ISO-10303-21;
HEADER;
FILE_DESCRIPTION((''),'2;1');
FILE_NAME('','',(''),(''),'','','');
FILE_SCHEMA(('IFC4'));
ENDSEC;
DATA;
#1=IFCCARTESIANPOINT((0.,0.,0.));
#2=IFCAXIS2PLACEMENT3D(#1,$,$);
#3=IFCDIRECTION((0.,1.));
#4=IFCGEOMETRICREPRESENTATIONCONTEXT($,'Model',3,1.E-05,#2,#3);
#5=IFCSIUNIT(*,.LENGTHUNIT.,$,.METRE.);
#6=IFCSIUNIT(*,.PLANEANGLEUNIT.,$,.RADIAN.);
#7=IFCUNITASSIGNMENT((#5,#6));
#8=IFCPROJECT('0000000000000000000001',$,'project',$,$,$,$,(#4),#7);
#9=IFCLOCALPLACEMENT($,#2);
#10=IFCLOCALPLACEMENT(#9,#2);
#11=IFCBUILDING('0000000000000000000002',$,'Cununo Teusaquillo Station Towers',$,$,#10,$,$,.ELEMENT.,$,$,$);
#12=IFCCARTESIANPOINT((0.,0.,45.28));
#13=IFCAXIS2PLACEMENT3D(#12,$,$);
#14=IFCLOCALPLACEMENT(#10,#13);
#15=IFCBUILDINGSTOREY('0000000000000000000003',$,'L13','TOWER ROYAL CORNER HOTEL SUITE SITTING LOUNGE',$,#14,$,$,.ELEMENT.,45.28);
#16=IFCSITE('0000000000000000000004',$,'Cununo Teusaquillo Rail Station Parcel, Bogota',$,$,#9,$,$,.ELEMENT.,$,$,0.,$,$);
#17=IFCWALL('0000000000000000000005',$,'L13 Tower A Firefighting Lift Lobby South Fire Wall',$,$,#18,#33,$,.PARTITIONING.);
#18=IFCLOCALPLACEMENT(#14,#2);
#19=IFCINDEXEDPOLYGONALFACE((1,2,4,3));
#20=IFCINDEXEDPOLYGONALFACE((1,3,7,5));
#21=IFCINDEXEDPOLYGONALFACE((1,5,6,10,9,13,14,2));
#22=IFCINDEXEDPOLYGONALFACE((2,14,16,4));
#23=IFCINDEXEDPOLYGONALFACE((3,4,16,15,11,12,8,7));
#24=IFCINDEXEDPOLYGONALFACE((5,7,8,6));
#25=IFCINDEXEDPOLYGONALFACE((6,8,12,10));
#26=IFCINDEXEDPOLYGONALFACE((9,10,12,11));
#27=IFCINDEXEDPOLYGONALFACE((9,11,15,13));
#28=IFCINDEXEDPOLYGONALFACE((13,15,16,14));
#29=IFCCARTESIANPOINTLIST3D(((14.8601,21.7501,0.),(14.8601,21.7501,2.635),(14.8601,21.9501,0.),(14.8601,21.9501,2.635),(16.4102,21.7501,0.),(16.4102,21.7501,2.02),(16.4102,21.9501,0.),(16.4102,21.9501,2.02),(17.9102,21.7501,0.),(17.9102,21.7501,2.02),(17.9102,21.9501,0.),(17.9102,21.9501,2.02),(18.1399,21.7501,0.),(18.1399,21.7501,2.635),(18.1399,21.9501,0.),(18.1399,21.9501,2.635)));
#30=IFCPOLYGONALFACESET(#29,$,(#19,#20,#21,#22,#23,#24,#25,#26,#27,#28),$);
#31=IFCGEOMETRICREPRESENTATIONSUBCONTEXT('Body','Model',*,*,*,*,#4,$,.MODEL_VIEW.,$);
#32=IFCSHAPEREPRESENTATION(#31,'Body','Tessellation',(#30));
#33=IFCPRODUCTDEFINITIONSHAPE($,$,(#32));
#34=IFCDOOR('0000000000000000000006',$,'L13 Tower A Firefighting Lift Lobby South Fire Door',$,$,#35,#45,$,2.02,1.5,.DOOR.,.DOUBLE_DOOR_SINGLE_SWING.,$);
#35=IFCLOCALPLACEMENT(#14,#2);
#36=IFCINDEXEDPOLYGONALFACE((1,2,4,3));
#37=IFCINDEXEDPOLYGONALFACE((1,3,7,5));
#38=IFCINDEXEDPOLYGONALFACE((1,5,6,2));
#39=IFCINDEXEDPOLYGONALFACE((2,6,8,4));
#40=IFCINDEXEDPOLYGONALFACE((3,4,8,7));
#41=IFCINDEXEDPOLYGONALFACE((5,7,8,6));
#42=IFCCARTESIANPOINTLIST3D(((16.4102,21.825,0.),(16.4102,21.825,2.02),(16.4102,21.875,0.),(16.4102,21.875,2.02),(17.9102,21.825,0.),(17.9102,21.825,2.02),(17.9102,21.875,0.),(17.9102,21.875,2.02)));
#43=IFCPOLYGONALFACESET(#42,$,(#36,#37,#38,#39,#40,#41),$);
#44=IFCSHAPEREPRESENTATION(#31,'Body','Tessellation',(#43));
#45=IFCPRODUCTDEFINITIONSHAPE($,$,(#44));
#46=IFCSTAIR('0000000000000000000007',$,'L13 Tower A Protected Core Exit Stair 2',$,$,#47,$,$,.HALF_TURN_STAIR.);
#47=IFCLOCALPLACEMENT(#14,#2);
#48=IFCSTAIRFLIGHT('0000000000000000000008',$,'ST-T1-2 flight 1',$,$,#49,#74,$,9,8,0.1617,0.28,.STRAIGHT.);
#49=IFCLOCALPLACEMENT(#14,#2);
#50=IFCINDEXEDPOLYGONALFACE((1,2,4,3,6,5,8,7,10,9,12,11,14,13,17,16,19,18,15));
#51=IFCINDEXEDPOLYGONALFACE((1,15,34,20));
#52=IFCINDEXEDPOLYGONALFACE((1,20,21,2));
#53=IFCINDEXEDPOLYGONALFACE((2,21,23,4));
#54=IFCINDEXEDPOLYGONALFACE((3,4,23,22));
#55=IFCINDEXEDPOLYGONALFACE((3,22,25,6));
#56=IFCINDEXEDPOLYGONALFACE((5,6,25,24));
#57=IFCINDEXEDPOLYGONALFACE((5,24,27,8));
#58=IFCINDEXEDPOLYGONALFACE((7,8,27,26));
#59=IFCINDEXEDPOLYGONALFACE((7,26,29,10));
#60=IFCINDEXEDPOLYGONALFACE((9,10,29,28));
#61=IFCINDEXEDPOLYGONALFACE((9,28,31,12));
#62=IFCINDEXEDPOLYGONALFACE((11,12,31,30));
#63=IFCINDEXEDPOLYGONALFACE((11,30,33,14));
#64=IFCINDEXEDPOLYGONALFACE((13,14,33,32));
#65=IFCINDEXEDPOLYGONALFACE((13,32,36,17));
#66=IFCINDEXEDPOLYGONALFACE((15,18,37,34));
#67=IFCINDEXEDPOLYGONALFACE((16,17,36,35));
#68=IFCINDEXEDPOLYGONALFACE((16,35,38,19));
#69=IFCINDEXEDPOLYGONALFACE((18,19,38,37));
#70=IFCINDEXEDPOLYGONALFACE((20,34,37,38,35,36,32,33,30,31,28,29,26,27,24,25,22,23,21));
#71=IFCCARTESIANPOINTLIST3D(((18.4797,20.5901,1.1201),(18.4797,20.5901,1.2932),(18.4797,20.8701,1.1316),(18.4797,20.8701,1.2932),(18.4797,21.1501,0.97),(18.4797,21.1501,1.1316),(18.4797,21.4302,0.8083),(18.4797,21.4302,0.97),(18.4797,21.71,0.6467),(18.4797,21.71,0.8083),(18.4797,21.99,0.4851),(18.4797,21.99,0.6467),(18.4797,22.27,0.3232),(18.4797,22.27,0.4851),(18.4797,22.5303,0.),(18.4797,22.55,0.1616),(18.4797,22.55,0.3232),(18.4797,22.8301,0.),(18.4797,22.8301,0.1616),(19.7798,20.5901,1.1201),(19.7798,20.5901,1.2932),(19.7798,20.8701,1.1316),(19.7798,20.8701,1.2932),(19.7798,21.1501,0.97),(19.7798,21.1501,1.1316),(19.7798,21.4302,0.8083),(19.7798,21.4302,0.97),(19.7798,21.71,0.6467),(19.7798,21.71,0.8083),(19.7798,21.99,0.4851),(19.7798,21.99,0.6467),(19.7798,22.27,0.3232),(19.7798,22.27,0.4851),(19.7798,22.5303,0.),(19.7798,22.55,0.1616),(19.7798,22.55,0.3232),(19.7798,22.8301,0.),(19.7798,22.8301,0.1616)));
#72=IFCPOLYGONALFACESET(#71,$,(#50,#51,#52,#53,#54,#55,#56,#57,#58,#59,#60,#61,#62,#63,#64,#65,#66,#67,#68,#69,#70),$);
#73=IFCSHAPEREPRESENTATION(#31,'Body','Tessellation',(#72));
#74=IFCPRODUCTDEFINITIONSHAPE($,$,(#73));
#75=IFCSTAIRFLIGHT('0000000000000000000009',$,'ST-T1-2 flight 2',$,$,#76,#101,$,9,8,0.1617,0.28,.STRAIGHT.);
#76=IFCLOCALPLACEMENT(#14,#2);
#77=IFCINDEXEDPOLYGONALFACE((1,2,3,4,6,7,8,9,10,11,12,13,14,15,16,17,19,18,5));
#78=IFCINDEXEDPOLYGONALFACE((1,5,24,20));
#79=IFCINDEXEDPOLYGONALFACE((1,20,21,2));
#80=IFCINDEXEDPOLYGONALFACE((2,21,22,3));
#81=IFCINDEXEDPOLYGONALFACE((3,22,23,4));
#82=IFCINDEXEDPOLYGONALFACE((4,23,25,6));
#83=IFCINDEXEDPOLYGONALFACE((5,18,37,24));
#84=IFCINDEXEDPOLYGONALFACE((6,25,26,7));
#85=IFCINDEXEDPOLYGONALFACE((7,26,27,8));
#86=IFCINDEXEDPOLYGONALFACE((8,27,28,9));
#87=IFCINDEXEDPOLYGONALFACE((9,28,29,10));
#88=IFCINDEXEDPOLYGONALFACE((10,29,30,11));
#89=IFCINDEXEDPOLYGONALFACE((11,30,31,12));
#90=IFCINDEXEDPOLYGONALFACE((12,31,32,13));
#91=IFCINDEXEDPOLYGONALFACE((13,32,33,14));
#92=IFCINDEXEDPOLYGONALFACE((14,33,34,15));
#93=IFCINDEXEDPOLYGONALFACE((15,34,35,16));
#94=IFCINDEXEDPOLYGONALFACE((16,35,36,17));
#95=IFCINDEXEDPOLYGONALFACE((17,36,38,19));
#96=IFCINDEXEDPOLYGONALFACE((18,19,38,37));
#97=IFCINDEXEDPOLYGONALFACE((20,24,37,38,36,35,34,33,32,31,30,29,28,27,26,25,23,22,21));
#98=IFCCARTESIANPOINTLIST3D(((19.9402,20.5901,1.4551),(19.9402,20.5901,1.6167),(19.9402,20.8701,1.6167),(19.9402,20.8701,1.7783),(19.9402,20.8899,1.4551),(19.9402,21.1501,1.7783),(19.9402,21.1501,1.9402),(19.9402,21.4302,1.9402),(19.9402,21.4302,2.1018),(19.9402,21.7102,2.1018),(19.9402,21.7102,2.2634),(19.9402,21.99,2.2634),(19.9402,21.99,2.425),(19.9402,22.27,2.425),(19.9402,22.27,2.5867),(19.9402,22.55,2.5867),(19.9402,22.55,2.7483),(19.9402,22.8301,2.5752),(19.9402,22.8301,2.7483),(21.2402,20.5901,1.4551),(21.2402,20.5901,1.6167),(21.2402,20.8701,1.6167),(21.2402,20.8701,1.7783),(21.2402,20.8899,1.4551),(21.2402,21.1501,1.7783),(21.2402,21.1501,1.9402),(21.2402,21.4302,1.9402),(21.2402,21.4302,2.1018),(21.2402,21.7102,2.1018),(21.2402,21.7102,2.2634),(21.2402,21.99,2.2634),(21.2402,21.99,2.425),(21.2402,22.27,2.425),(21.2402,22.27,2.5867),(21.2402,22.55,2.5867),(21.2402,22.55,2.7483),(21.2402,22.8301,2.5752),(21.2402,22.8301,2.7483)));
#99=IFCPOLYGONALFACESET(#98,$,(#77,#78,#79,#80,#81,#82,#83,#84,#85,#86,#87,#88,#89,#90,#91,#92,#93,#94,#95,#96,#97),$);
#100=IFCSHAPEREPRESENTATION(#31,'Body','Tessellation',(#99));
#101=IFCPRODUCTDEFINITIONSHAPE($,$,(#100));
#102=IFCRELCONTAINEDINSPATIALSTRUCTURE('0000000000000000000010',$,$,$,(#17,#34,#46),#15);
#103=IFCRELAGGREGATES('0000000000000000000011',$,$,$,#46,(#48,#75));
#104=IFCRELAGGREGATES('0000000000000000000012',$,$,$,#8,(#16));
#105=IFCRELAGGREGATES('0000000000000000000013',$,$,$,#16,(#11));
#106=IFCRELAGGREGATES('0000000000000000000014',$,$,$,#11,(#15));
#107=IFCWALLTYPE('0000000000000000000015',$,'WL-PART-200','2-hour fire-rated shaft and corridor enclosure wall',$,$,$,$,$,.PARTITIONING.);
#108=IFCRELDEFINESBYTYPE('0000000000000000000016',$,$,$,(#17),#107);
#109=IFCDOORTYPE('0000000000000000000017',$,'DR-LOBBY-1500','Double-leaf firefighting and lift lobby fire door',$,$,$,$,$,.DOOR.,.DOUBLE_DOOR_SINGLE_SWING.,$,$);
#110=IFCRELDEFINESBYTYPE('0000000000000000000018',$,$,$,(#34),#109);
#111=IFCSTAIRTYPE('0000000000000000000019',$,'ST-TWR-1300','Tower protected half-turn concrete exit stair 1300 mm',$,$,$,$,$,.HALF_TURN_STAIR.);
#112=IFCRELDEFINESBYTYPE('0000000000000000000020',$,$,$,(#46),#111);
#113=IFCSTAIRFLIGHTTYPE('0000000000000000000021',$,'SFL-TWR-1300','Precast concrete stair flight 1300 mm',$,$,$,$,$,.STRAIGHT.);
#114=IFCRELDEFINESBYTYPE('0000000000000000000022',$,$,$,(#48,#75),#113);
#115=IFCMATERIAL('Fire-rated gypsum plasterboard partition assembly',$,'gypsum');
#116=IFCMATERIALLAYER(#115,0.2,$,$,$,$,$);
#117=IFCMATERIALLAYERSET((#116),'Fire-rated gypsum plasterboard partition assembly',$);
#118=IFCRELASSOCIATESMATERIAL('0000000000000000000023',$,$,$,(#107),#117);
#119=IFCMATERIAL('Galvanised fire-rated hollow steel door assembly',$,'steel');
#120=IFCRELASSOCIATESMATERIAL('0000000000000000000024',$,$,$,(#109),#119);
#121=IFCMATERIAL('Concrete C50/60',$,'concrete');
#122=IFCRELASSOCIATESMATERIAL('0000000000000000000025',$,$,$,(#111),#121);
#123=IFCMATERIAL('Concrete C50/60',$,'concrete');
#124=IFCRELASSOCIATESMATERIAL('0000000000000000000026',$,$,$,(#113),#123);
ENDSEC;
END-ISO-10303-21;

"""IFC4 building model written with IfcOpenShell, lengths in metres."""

from ifc_helpers import new_model, si_unit, direction, frame, frame_2d, origin, place, context, subcontext, project, spatial, polyline, rectangle, outline, extrude, source, transform, mapped, material, layer, layer_set, type_object, element, fill, aggregate, save


model = new_model("IFC4")

# Units and contexts
model_context = context("Model", 3, precision=1e-05, world=origin(), true_north=direction((0.0, 1.0)))
body_context = subcontext(model_context, "Body", "Model", "MODEL_VIEW")
ifc_project = project(units=[si_unit("LENGTHUNIT", "METRE"), si_unit("PLANEANGLEUNIT", "RADIAN")], contexts=[model_context])

# Site, building, storey
site_placement = place(None, origin())
site = spatial("IfcSite", under=ifc_project, at=site_placement, Name="Cununo Teusaquillo Rail Station Parcel, Bogota", CompositionType="ELEMENT", RefElevation=0.0)
building_placement = place(site_placement, origin())
building = spatial("IfcBuilding", under=site, at=building_placement, Name="Cununo Teusaquillo Station Towers", CompositionType="ELEMENT")
storey_placement = place(building_placement, frame((0.0, 0.0, 45.28)))
storey = spatial("IfcBuildingStorey", under=building, at=storey_placement, Name="L13", Description="TOWER ROYAL CORNER HOTEL SUITE SITTING LOUNGE", CompositionType="ELEMENT", Elevation=45.28)

# Wall, opening, door
ifc_material_1 = material(Name="Fire-rated gypsum plasterboard partition assembly", Category="gypsum")
ifc_layer_1 = layer(ifc_material_1, 0.2)
ifc_layer_set_1 = layer_set([ifc_layer_1], Name="Fire-rated gypsum plasterboard partition assembly")
wall_type_1 = type_object("IfcWallType", Name="WL-PART-200", Description="2-hour fire-rated shaft and corridor enclosure wall", PredefinedType="PARTITIONING", material=ifc_layer_set_1)
wall_1_placement = place(storey_placement, frame((14.8601, 21.8501, 0.0), z_axis=(0.0, 0.0, 1.0), x_axis=(1.0, 0.0, 0.0)))
wall_1 = element("IfcWall", 1, at=wall_1_placement, inside=storey, type_object=wall_type_1, Name="L13 Tower A Firefighting Lift Lobby South Fire Wall", PredefinedType="PARTITIONING", context=body_context, shape_type="SweptSolid", body=[
    extrude(rectangle(XDim=3.2798, YDim=0.2, at=frame_2d((1.6399, 0.0))), origin(), (0.0, 0.0, 1.0), 2.635),
])
shared_shape_1 = source(origin(), body_context, "Body", "SweptSolid", [
    extrude(rectangle(XDim=1.5, YDim=2.02, at=frame_2d((0.75, 1.01))), frame((0.0, 0.1099, 0.0), z_axis=(0.0, -1.0, 0.0), x_axis=(1.0, 0.0, 0.0)), (0.0, 0.0, 1.0), 0.22),
])
opening_1_placement = place(wall_1_placement, frame((1.55, 0.0, 0.0)))
opening_1 = element("IfcOpeningElement", 2, at=opening_1_placement, cuts=wall_1, PredefinedType="OPENING", context=body_context, shape_type="MappedRepresentation", body=[
    mapped(shared_shape_1, transform((0.0, 0.0, 0.0), x_axis=(1.0, 0.0, 0.0), y_axis=(0.0, 1.0, 0.0), z_axis=(0.0, 0.0, 1.0), scale=1.0)),
])
ifc_material_2 = material(Name="Galvanised fire-rated hollow steel door assembly", Category="steel")
door_type_1 = type_object("IfcDoorType", Name="DR-LOBBY-1500", Description="Double-leaf firefighting and lift lobby fire door", OperationType="DOUBLE_DOOR_SINGLE_SWING", PredefinedType="DOOR", material=ifc_material_2)
shared_shape_2 = source(origin(), body_context, "Body", "SweptSolid", [
    extrude(rectangle(XDim=1.5, YDim=2.02, at=frame_2d((0.75, 1.01))), frame((0.0, 0.0249, 0.0), z_axis=(0.0, -1.0, 0.0), x_axis=(1.0, 0.0, 0.0)), (0.0, 0.0, 1.0), 0.05),
])
door_1_placement = place(opening_1_placement, origin())
door_1 = element("IfcDoor", 3, at=door_1_placement, inside=storey, type_object=door_type_1, Name="L13 Tower A Firefighting Lift Lobby South Fire Door", OperationType="DOUBLE_DOOR_SINGLE_SWING", OverallHeight=2.02, OverallWidth=1.5, PredefinedType="DOOR", context=body_context, shape_type="MappedRepresentation", body=[
    mapped(shared_shape_2, transform((0.0, 0.0, 0.0), x_axis=(1.0, 0.0, 0.0), y_axis=(0.0, 1.0, 0.0), z_axis=(0.0, 0.0, 1.0), scale=1.0)),
])
fill(opening_1, door_1)

# Stair, stair flights
ifc_material_3 = material(Name="Concrete C50/60", Category="concrete")
stair_type = type_object("IfcStairType", Name="ST-TWR-1300", Description="Tower protected half-turn concrete exit stair 1300 mm", PredefinedType="HALF_TURN_STAIR", material=ifc_material_3)
stair_placement = place(storey_placement, origin())
stair = element("IfcStair", 4, at=stair_placement, inside=storey, type_object=stair_type, Name="L13 Tower A Protected Core Exit Stair 2", PredefinedType="HALF_TURN_STAIR")
ifc_material_4 = material(Name="Concrete C50/60", Category="concrete")
stair_flight_type = type_object("IfcStairFlightType", Name="SFL-TWR-1300", Description="Precast concrete stair flight 1300 mm", PredefinedType="STRAIGHT", material=ifc_material_4)
stair_flight_1_placement = place(storey_placement, frame((19.1299, 22.8301, 0.0), z_axis=(0.0, 0.0, 1.0), x_axis=(0.0, -1.0, 0.0)))
stair_flight_1 = element("IfcStairFlight", 5, at=stair_flight_1_placement, type_object=stair_flight_type, Name="ST-T1-2 flight 1", NumberOfRisers=9, NumberOfTreads=8, PredefinedType="STRAIGHT", RiserHeight=0.1617, TreadLength=0.28, context=body_context, shape_type="SweptSolid", body=[
    extrude(outline(polyline([(0.0, 0.0), (0.0, 0.1616), (0.28, 0.1616), (0.28, 0.3232), (0.5601, 0.3232), (0.5601, 0.4851), (0.8401, 0.4851), (0.8401, 0.6467), (1.1201, 0.6467), (1.1201, 0.8083), (1.3999, 0.8083), (1.3999, 0.97), (1.6799, 0.97), (1.6799, 1.1316), (1.96, 1.1316), (1.96, 1.2932), (2.24, 1.2932), (2.24, 1.4551), (2.24, 1.1201), (0.2998, 0.0), (0.0, 0.0)])), frame((0.0, 0.6499, 0.0), z_axis=(0.0, -1.0, 0.0), x_axis=(1.0, 0.0, 0.0)), (0.0, 0.0, 1.0), 1.3),
])
stair_flight_2_placement = place(storey_placement, frame((20.5901, 20.5901, 1.4551), z_axis=(0.0, 0.0, 1.0), x_axis=(0.0, 1.0, 0.0)))
stair_flight_2 = element("IfcStairFlight", 6, at=stair_flight_2_placement, type_object=stair_flight_type, Name="ST-T1-2 flight 2", NumberOfRisers=9, NumberOfTreads=8, PredefinedType="STRAIGHT", RiserHeight=0.1617, TreadLength=0.28, context=body_context, shape_type="SweptSolid", body=[
    extrude(outline(polyline([(0.0, 0.0), (0.0, 0.1616), (0.28, 0.1616), (0.28, 0.3232), (0.5601, 0.3232), (0.5601, 0.4851), (0.8401, 0.4851), (0.8401, 0.6467), (1.1201, 0.6467), (1.1201, 0.8083), (1.3999, 0.8083), (1.3999, 0.97), (1.6799, 0.97), (1.6799, 1.1316), (1.96, 1.1316), (1.96, 1.2932), (2.24, 1.2932), (2.24, 1.4551), (2.24, 1.1201), (0.2998, 0.0), (0.0, 0.0)])), frame((0.0, 0.6499, 0.0), z_axis=(0.0, -1.0, 0.0), x_axis=(1.0, 0.0, 0.0)), (0.0, 0.0, 1.0), 1.3),
])
aggregate(stair, [stair_flight_1, stair_flight_2])

save(model, "model.ifc")
